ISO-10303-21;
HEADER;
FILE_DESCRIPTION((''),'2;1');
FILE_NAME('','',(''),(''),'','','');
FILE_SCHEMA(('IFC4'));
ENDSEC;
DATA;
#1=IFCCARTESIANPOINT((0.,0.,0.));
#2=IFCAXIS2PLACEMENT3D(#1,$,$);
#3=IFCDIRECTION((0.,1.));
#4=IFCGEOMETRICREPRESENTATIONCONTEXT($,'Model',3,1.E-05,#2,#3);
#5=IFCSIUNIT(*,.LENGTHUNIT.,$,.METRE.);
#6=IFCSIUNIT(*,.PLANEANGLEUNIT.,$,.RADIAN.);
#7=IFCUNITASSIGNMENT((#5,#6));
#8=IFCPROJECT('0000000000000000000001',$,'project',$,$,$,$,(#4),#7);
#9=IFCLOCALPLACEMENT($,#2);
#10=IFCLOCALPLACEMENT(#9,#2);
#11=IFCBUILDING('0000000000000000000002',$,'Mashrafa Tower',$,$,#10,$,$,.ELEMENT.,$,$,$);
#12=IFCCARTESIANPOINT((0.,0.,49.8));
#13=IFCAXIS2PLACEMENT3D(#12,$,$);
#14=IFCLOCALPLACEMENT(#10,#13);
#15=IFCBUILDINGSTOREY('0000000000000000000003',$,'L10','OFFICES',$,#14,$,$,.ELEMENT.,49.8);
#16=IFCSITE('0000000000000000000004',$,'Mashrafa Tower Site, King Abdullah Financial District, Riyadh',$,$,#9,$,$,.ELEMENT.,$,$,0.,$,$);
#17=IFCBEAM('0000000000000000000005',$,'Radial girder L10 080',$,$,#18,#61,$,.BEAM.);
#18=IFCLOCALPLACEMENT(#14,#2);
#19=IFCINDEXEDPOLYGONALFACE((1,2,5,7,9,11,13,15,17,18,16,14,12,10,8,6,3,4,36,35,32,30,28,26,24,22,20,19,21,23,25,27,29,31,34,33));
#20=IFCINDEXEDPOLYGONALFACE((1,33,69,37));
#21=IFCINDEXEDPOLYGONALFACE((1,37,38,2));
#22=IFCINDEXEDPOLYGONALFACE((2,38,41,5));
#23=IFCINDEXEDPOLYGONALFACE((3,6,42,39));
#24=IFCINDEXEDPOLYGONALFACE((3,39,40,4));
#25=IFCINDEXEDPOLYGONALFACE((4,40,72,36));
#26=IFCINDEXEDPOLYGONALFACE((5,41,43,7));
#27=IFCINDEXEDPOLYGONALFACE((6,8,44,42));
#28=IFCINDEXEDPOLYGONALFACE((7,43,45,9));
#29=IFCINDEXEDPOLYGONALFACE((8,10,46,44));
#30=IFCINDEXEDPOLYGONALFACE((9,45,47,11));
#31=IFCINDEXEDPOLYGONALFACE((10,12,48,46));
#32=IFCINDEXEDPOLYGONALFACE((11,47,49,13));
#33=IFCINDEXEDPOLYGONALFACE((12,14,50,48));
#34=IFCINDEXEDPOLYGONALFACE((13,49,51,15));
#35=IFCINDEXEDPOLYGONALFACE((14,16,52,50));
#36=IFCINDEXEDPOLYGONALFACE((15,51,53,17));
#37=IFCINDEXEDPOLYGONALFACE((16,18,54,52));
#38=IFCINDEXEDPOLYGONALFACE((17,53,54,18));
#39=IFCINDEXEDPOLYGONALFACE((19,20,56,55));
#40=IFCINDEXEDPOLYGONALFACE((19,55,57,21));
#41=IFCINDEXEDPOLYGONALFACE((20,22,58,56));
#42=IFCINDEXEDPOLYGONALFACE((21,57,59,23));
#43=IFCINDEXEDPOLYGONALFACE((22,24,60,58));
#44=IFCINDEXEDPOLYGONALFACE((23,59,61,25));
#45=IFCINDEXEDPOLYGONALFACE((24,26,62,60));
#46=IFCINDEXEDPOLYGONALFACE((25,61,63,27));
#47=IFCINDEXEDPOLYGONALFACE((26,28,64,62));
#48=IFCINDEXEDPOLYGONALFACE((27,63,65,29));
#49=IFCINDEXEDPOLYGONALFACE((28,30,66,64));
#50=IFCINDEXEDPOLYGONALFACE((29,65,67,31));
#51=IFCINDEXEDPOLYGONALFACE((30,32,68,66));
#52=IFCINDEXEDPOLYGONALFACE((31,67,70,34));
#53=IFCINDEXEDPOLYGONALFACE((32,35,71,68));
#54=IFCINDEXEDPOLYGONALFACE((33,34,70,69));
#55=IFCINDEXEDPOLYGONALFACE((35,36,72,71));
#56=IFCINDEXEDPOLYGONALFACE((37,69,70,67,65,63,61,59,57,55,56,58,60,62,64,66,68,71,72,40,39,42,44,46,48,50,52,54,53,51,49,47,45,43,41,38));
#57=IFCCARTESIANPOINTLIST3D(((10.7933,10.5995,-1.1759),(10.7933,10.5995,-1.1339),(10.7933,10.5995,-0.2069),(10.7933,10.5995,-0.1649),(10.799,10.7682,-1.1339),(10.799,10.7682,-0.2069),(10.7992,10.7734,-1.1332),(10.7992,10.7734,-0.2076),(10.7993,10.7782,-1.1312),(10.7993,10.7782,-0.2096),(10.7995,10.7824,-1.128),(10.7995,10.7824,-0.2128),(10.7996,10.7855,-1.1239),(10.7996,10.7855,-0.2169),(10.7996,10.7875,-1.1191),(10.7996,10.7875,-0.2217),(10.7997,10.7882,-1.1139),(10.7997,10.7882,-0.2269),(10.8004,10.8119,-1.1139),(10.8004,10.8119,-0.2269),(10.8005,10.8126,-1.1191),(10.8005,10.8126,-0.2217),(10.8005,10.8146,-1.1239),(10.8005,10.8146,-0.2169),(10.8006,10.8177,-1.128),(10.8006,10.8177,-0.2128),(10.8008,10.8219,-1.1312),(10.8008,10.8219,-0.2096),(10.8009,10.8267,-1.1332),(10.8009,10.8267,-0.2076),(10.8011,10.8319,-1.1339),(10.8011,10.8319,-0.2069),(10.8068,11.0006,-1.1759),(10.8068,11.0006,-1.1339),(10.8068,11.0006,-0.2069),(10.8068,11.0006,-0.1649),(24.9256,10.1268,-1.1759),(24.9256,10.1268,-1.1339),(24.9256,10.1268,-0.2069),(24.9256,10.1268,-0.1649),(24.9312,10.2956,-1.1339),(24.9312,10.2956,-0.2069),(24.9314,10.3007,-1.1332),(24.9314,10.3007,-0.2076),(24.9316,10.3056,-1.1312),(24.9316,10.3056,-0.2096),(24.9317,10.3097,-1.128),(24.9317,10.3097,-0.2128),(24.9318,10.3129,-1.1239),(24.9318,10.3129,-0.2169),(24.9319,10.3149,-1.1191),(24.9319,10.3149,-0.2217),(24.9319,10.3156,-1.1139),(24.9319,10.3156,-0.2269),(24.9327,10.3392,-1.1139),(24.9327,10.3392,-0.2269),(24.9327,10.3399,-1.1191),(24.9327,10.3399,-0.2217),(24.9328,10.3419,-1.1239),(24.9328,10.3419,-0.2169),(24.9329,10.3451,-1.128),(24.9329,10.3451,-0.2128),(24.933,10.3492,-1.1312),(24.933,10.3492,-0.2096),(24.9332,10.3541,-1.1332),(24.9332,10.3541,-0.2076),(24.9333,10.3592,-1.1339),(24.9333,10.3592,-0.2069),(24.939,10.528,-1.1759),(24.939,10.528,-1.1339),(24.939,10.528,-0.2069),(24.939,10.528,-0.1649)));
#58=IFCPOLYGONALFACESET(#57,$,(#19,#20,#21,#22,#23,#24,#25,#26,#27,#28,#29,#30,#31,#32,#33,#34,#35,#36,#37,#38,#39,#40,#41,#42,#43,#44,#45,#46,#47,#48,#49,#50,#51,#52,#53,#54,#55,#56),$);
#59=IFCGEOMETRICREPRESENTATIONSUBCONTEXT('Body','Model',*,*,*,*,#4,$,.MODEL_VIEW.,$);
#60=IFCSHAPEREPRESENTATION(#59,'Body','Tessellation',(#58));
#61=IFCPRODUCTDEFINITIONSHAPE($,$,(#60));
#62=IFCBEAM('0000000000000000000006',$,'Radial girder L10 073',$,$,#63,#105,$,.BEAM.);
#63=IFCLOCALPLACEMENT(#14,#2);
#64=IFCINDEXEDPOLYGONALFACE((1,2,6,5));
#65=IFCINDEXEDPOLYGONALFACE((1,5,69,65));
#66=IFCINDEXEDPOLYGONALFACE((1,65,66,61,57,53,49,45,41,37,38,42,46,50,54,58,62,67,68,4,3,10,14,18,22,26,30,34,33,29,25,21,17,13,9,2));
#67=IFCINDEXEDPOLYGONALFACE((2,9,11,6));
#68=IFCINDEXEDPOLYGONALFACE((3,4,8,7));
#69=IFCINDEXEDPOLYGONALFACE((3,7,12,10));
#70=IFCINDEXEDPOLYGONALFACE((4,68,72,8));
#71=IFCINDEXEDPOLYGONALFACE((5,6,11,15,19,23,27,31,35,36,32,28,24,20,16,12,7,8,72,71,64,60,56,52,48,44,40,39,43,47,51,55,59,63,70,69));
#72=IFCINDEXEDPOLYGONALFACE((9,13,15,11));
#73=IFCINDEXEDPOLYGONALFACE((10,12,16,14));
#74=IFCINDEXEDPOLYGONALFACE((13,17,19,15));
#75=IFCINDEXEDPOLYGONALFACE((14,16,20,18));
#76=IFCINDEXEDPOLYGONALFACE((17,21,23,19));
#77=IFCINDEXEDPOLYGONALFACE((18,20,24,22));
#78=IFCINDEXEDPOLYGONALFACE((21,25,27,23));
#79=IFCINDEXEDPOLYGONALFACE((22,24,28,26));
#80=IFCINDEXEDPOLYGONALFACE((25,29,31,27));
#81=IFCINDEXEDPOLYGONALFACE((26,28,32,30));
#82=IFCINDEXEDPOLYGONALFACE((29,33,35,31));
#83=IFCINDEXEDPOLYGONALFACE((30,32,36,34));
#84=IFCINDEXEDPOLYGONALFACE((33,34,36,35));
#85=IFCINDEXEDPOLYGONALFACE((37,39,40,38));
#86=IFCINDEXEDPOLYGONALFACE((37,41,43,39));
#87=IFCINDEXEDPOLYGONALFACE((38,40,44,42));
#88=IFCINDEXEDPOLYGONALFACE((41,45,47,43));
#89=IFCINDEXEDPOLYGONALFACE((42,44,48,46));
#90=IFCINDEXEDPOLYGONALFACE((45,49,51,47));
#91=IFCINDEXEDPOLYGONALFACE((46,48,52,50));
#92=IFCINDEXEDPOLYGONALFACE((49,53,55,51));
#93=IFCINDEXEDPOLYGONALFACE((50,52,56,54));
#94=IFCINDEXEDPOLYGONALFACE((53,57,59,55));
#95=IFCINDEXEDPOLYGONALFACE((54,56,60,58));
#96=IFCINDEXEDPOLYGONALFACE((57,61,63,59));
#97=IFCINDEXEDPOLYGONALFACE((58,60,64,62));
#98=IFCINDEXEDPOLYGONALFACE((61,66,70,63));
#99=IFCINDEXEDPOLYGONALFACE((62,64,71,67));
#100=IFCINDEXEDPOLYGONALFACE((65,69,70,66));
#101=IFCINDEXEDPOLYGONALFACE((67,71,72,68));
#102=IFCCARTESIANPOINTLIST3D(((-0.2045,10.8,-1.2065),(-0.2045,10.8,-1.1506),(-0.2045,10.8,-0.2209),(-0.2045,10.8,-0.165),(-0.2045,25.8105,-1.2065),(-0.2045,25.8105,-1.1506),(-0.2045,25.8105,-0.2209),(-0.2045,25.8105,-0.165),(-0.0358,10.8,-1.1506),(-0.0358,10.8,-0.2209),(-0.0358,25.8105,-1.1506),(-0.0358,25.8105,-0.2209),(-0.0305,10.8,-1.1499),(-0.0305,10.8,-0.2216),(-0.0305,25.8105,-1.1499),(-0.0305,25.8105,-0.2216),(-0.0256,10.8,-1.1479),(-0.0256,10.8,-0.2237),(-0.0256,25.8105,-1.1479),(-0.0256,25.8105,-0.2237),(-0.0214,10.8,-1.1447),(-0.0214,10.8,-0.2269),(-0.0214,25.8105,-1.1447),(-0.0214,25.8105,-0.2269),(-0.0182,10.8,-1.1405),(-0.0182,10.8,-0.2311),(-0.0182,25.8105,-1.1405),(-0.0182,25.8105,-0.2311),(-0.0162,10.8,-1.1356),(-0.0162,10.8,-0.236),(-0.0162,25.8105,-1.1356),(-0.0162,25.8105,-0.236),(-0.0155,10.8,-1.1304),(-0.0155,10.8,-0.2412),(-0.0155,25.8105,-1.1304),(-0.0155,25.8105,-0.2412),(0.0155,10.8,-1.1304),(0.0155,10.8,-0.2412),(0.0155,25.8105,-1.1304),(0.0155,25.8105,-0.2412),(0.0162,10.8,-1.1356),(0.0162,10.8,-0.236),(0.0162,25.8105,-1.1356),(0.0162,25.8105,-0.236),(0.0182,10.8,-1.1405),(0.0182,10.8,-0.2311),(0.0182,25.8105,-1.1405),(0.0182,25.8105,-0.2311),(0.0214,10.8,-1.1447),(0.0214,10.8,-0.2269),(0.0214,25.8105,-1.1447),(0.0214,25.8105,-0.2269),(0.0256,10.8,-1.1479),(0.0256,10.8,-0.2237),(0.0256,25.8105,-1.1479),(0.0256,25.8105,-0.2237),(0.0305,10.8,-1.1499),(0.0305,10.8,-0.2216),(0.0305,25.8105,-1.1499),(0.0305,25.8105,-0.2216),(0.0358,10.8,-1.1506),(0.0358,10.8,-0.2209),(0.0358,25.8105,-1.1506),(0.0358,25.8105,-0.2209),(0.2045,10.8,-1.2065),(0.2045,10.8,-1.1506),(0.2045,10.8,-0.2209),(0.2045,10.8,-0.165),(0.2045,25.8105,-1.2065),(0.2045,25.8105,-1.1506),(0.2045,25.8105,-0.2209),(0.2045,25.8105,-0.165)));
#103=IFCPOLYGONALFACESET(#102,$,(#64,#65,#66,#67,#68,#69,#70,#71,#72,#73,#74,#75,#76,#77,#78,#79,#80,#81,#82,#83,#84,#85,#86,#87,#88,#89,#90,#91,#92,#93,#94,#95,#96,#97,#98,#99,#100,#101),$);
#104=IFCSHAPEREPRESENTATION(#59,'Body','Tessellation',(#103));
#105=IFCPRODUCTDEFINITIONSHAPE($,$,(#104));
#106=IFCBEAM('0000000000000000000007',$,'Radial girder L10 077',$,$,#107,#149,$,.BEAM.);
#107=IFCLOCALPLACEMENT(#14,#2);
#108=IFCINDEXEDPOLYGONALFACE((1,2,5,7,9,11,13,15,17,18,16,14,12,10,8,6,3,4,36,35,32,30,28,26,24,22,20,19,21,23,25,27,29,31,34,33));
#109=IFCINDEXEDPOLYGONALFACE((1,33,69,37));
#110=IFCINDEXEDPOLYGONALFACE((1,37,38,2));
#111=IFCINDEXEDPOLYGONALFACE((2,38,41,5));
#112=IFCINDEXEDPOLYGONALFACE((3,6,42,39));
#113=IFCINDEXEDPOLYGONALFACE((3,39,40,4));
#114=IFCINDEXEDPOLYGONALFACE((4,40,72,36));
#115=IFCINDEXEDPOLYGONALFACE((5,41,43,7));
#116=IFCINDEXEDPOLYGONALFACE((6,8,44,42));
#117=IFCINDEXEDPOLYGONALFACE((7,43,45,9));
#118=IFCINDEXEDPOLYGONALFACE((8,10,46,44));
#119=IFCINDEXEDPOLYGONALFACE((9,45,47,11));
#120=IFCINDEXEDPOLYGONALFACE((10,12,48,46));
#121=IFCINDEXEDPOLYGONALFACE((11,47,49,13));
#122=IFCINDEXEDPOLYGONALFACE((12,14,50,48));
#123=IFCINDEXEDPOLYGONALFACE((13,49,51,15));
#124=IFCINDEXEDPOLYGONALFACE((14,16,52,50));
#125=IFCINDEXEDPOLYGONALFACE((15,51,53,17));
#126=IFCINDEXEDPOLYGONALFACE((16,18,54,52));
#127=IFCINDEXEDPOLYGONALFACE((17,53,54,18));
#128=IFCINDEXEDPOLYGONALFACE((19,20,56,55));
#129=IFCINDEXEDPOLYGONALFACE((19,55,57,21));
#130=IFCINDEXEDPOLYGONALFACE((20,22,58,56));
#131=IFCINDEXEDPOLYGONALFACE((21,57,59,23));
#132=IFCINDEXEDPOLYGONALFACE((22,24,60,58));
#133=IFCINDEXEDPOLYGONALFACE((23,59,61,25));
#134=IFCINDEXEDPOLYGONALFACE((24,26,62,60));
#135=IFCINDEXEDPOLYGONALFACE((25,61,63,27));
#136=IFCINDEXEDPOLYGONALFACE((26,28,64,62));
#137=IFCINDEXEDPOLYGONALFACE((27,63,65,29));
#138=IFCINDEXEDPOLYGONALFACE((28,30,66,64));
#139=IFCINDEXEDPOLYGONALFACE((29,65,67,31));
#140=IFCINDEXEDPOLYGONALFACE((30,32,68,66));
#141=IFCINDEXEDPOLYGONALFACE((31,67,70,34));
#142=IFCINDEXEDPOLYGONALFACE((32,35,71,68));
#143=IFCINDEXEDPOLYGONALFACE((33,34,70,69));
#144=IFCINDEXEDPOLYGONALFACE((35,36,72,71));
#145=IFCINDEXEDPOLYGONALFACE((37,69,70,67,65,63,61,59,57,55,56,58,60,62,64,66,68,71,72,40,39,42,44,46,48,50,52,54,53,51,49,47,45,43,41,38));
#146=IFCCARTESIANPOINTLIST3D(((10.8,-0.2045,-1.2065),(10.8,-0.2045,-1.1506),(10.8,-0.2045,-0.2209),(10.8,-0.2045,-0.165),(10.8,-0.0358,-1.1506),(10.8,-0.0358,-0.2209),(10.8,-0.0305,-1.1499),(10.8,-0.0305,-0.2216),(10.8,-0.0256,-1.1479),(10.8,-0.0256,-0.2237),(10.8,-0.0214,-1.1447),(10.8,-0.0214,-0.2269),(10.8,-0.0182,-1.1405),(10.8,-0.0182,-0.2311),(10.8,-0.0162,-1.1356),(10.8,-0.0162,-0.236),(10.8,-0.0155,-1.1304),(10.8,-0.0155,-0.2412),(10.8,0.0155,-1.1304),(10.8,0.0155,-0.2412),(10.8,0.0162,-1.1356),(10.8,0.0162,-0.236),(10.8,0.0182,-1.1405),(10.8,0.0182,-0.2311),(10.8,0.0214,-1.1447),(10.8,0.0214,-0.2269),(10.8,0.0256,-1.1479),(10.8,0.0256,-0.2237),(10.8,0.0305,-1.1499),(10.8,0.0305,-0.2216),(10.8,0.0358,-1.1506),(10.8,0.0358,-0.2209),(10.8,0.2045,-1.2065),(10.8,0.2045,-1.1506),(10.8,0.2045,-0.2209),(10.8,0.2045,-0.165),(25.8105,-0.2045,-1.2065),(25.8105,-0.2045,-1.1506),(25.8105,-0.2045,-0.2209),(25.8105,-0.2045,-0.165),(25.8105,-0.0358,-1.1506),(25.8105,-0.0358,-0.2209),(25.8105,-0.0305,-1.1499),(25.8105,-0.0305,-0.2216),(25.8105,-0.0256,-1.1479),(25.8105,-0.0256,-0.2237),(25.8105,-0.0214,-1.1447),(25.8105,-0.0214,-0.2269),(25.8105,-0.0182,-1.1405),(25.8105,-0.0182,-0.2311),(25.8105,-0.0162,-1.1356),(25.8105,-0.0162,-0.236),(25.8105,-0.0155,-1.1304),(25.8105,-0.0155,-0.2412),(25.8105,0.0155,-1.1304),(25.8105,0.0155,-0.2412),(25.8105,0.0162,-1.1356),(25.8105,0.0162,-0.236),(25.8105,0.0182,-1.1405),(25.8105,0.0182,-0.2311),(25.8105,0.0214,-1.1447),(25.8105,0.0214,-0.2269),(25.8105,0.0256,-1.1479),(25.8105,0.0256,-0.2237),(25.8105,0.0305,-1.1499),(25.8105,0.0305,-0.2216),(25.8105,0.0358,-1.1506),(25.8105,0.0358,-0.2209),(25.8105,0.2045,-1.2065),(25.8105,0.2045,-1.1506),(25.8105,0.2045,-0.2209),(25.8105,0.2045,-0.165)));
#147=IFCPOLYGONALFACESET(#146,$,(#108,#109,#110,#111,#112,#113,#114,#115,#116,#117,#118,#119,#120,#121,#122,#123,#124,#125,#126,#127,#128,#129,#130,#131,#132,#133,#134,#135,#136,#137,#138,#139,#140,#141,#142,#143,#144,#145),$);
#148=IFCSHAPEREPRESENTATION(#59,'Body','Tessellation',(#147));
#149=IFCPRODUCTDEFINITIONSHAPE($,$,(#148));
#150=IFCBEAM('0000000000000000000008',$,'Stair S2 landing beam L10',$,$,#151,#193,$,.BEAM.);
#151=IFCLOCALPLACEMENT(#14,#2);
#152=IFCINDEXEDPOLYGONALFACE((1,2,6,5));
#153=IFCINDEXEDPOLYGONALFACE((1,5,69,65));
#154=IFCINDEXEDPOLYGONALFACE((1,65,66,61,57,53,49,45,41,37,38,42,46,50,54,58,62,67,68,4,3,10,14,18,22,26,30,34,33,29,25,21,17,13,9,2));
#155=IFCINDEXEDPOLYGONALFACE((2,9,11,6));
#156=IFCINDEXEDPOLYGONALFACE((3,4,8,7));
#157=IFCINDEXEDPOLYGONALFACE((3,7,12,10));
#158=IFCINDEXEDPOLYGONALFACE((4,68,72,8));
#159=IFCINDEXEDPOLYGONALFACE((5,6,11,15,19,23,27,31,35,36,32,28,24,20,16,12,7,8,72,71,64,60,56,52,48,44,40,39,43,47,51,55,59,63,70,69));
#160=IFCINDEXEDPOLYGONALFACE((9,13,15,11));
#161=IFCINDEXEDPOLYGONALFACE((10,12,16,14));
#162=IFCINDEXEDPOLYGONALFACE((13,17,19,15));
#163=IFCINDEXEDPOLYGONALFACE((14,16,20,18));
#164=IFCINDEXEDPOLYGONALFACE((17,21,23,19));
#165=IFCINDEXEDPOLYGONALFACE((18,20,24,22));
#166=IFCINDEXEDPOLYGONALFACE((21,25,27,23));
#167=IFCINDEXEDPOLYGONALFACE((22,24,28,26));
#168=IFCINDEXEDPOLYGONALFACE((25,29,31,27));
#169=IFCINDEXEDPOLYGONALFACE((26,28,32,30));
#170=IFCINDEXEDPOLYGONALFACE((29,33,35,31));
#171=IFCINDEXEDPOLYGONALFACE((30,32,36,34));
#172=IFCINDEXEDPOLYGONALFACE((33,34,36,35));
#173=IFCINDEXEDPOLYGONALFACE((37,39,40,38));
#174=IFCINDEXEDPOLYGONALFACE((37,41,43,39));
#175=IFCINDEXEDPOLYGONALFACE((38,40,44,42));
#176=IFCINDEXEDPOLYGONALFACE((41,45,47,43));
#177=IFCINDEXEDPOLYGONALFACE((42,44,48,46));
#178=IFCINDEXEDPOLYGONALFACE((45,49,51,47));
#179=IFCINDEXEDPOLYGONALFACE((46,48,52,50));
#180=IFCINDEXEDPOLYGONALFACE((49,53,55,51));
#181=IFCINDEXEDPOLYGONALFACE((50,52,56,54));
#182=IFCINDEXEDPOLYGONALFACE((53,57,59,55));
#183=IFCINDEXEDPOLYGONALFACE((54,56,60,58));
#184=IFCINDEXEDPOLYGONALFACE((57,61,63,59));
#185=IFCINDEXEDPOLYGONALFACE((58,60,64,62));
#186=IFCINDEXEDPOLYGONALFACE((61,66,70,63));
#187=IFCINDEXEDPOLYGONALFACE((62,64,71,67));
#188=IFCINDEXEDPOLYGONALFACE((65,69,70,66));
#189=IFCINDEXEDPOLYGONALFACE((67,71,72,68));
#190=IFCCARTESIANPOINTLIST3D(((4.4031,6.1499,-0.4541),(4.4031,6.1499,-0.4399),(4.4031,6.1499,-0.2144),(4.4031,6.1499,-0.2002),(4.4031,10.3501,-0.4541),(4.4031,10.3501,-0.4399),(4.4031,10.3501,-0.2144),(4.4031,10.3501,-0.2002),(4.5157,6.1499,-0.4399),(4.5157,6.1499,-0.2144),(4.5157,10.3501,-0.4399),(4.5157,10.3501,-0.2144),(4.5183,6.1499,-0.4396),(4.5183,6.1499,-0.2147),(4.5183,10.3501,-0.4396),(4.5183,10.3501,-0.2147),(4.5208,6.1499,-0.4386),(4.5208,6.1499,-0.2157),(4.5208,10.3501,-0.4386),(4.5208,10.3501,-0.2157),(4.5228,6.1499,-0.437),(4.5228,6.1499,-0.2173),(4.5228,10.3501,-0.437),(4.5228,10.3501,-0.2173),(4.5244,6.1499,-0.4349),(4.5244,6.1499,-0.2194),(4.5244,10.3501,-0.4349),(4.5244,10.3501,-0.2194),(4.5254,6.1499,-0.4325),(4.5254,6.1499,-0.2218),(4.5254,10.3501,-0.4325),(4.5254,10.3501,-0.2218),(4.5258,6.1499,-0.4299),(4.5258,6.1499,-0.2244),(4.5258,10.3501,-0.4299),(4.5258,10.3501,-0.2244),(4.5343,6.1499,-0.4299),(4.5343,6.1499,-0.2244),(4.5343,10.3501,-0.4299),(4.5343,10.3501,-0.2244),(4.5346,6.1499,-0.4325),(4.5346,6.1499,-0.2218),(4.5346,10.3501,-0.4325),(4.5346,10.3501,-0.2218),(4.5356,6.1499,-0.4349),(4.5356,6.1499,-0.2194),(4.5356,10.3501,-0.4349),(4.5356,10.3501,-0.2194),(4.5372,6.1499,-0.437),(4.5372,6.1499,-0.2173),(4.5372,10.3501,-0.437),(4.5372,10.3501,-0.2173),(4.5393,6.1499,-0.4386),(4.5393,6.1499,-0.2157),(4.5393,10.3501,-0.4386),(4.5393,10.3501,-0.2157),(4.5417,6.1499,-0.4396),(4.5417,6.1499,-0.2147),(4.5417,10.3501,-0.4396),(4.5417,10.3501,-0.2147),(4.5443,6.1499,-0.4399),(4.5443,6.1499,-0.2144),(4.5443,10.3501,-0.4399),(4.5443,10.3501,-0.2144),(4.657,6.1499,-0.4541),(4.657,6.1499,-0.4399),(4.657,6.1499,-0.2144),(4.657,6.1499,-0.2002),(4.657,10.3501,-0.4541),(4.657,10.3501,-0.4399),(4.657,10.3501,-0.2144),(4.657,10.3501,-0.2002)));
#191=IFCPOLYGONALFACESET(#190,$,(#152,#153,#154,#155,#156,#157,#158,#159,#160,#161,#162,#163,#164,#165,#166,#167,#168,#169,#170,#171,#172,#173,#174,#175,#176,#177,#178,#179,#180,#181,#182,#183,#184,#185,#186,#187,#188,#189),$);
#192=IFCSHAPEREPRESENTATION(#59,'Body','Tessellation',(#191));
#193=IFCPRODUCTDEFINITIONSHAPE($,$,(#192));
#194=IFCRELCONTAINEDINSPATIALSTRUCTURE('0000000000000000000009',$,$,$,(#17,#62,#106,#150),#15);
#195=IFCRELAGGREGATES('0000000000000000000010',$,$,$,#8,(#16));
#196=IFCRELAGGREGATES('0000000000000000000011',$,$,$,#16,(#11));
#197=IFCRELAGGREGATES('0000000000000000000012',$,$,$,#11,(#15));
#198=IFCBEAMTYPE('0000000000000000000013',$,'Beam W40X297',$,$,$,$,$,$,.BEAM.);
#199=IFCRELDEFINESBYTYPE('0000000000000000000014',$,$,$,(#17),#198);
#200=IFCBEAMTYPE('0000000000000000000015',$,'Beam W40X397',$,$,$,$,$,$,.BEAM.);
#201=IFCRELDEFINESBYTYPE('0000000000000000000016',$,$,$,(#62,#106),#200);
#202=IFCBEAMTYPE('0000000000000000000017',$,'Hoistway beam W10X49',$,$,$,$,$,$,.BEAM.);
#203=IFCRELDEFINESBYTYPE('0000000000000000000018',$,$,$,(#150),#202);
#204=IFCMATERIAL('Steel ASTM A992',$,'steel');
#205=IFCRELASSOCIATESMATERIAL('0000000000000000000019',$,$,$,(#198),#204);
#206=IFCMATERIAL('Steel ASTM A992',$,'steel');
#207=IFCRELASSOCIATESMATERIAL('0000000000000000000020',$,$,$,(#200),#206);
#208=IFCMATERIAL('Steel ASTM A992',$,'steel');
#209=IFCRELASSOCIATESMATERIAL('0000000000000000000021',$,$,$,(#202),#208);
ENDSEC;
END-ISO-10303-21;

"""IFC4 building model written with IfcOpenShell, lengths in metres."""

from ifc_helpers import new_model, si_unit, direction, frame, origin, origin_2d, place, context, subcontext, project, spatial, i_section, extrude, material, material_profile, profile_set, type_object, element, save


model = new_model("IFC4")

# Units and contexts
model_context = context("Model", 3, precision=1e-05, world=origin(), true_north=direction((0.0, 1.0)))
body_context = subcontext(model_context, "Body", "Model", "MODEL_VIEW")
ifc_project = project(units=[si_unit("LENGTHUNIT", "METRE"), si_unit("PLANEANGLEUNIT", "RADIAN")], contexts=[model_context])

# Site, building, storey
site_placement = place(None, origin())
site = spatial("IfcSite", under=ifc_project, at=site_placement, Name="Mashrafa Tower Site, King Abdullah Financial District, Riyadh", CompositionType="ELEMENT", RefElevation=0.0)
building_placement = place(site_placement, origin())
building = spatial("IfcBuilding", under=site, at=building_placement, Name="Mashrafa Tower", CompositionType="ELEMENT")
storey_placement = place(building_placement, frame((0.0, 0.0, 49.8)))
storey = spatial("IfcBuildingStorey", under=building, at=storey_placement, Name="L10", Description="OFFICES", CompositionType="ELEMENT", Elevation=49.8)

# Beams
ifc_material_1 = material(Name="Steel ASTM A992", Category="steel")
ifc_material_profile_1 = material_profile(ifc_material_1, i_section(OverallWidth=0.4014, OverallDepth=1.011, WebThickness=0.0237, FlangeThickness=0.042, FilletRadius=0.02, at=origin_2d()), Name="W40X297")
ifc_profile_set_1 = profile_set([ifc_material_profile_1], Name="Steel ASTM A992")
beam_type_1 = type_object("IfcBeamType", Name="Beam W40X297", PredefinedType="BEAM", material=ifc_profile_set_1)
for number, where, z_axis, x_axis, name in (
    (1, (10.8, 10.8, -0.6704), (0.999441, -0.033426, 0.0), (0.033426, 0.999441, 0.0), "Radial girder L10 080"),
):
    element("IfcBeam", number, at=place(storey_placement, frame(where, z_axis=z_axis, x_axis=x_axis)), inside=storey, type_object=beam_type_1, Name=name, PredefinedType="BEAM", context=body_context, shape_type="SweptSolid", body=[
        extrude(i_section(OverallWidth=0.4014, OverallDepth=1.011, WebThickness=0.0237, FlangeThickness=0.042, FilletRadius=0.02, at=origin_2d()), origin(), (0.0, 0.0, 1.0), 14.1401),
    ])
ifc_material_2 = material(Name="Steel ASTM A992", Category="steel")
ifc_material_profile_2 = material_profile(ifc_material_2, i_section(OverallWidth=0.4089, OverallDepth=1.0415, WebThickness=0.031, FlangeThickness=0.0559, FilletRadius=0.0203, at=origin_2d()), Name="W40X397")
ifc_profile_set_2 = profile_set([ifc_material_profile_2], Name="Steel ASTM A992")
beam_type_2 = type_object("IfcBeamType", Name="Beam W40X397", PredefinedType="BEAM", material=ifc_profile_set_2)
for number, where, z_axis, x_axis, name in (
    (2, (0.0, 10.8, -0.6858), (0.0, 1.0, 0.0), (-1.0, 0.0, 0.0), "Radial girder L10 073"),
    (3, (10.8, 0.0, -0.6858), (1.0, 0.0, 0.0), (0.0, 1.0, 0.0), "Radial girder L10 077"),
):
    element("IfcBeam", number, at=place(storey_placement, frame(where, z_axis=z_axis, x_axis=x_axis)), inside=storey, type_object=beam_type_2, Name=name, PredefinedType="BEAM", context=body_context, shape_type="SweptSolid", body=[
        extrude(i_section(OverallWidth=0.4089, OverallDepth=1.0415, WebThickness=0.031, FlangeThickness=0.0559, FilletRadius=0.0203, at=origin_2d()), origin(), (0.0, 0.0, 1.0), 15.0105),
    ])
ifc_material_3 = material(Name="Steel ASTM A992", Category="steel")
ifc_material_profile_3 = material_profile(ifc_material_3, i_section(OverallWidth=0.2539, OverallDepth=0.2539, WebThickness=0.0085, FlangeThickness=0.0142, FilletRadius=0.01, at=origin_2d()), Name="W10X49")
ifc_profile_set_3 = profile_set([ifc_material_profile_3], Name="Steel ASTM A992")
beam_type_3 = type_object("IfcBeamType", Name="Hoistway beam W10X49", PredefinedType="BEAM", material=ifc_profile_set_3)
beam_1_placement = place(storey_placement, frame((4.53, 6.1499, -0.3271), z_axis=(0.0, 1.0, 0.0), x_axis=(-1.0, 0.0, 0.0)))
element("IfcBeam", 4, at=beam_1_placement, inside=storey, type_object=beam_type_3, Name="Stair S2 landing beam L10", PredefinedType="BEAM", context=body_context, shape_type="SweptSolid", body=[
    extrude(i_section(OverallWidth=0.2539, OverallDepth=0.2539, WebThickness=0.0085, FlangeThickness=0.0142, FilletRadius=0.01, at=origin_2d()), origin(), (0.0, 0.0, 1.0), 4.2002),
])

save(model, "model.ifc")
